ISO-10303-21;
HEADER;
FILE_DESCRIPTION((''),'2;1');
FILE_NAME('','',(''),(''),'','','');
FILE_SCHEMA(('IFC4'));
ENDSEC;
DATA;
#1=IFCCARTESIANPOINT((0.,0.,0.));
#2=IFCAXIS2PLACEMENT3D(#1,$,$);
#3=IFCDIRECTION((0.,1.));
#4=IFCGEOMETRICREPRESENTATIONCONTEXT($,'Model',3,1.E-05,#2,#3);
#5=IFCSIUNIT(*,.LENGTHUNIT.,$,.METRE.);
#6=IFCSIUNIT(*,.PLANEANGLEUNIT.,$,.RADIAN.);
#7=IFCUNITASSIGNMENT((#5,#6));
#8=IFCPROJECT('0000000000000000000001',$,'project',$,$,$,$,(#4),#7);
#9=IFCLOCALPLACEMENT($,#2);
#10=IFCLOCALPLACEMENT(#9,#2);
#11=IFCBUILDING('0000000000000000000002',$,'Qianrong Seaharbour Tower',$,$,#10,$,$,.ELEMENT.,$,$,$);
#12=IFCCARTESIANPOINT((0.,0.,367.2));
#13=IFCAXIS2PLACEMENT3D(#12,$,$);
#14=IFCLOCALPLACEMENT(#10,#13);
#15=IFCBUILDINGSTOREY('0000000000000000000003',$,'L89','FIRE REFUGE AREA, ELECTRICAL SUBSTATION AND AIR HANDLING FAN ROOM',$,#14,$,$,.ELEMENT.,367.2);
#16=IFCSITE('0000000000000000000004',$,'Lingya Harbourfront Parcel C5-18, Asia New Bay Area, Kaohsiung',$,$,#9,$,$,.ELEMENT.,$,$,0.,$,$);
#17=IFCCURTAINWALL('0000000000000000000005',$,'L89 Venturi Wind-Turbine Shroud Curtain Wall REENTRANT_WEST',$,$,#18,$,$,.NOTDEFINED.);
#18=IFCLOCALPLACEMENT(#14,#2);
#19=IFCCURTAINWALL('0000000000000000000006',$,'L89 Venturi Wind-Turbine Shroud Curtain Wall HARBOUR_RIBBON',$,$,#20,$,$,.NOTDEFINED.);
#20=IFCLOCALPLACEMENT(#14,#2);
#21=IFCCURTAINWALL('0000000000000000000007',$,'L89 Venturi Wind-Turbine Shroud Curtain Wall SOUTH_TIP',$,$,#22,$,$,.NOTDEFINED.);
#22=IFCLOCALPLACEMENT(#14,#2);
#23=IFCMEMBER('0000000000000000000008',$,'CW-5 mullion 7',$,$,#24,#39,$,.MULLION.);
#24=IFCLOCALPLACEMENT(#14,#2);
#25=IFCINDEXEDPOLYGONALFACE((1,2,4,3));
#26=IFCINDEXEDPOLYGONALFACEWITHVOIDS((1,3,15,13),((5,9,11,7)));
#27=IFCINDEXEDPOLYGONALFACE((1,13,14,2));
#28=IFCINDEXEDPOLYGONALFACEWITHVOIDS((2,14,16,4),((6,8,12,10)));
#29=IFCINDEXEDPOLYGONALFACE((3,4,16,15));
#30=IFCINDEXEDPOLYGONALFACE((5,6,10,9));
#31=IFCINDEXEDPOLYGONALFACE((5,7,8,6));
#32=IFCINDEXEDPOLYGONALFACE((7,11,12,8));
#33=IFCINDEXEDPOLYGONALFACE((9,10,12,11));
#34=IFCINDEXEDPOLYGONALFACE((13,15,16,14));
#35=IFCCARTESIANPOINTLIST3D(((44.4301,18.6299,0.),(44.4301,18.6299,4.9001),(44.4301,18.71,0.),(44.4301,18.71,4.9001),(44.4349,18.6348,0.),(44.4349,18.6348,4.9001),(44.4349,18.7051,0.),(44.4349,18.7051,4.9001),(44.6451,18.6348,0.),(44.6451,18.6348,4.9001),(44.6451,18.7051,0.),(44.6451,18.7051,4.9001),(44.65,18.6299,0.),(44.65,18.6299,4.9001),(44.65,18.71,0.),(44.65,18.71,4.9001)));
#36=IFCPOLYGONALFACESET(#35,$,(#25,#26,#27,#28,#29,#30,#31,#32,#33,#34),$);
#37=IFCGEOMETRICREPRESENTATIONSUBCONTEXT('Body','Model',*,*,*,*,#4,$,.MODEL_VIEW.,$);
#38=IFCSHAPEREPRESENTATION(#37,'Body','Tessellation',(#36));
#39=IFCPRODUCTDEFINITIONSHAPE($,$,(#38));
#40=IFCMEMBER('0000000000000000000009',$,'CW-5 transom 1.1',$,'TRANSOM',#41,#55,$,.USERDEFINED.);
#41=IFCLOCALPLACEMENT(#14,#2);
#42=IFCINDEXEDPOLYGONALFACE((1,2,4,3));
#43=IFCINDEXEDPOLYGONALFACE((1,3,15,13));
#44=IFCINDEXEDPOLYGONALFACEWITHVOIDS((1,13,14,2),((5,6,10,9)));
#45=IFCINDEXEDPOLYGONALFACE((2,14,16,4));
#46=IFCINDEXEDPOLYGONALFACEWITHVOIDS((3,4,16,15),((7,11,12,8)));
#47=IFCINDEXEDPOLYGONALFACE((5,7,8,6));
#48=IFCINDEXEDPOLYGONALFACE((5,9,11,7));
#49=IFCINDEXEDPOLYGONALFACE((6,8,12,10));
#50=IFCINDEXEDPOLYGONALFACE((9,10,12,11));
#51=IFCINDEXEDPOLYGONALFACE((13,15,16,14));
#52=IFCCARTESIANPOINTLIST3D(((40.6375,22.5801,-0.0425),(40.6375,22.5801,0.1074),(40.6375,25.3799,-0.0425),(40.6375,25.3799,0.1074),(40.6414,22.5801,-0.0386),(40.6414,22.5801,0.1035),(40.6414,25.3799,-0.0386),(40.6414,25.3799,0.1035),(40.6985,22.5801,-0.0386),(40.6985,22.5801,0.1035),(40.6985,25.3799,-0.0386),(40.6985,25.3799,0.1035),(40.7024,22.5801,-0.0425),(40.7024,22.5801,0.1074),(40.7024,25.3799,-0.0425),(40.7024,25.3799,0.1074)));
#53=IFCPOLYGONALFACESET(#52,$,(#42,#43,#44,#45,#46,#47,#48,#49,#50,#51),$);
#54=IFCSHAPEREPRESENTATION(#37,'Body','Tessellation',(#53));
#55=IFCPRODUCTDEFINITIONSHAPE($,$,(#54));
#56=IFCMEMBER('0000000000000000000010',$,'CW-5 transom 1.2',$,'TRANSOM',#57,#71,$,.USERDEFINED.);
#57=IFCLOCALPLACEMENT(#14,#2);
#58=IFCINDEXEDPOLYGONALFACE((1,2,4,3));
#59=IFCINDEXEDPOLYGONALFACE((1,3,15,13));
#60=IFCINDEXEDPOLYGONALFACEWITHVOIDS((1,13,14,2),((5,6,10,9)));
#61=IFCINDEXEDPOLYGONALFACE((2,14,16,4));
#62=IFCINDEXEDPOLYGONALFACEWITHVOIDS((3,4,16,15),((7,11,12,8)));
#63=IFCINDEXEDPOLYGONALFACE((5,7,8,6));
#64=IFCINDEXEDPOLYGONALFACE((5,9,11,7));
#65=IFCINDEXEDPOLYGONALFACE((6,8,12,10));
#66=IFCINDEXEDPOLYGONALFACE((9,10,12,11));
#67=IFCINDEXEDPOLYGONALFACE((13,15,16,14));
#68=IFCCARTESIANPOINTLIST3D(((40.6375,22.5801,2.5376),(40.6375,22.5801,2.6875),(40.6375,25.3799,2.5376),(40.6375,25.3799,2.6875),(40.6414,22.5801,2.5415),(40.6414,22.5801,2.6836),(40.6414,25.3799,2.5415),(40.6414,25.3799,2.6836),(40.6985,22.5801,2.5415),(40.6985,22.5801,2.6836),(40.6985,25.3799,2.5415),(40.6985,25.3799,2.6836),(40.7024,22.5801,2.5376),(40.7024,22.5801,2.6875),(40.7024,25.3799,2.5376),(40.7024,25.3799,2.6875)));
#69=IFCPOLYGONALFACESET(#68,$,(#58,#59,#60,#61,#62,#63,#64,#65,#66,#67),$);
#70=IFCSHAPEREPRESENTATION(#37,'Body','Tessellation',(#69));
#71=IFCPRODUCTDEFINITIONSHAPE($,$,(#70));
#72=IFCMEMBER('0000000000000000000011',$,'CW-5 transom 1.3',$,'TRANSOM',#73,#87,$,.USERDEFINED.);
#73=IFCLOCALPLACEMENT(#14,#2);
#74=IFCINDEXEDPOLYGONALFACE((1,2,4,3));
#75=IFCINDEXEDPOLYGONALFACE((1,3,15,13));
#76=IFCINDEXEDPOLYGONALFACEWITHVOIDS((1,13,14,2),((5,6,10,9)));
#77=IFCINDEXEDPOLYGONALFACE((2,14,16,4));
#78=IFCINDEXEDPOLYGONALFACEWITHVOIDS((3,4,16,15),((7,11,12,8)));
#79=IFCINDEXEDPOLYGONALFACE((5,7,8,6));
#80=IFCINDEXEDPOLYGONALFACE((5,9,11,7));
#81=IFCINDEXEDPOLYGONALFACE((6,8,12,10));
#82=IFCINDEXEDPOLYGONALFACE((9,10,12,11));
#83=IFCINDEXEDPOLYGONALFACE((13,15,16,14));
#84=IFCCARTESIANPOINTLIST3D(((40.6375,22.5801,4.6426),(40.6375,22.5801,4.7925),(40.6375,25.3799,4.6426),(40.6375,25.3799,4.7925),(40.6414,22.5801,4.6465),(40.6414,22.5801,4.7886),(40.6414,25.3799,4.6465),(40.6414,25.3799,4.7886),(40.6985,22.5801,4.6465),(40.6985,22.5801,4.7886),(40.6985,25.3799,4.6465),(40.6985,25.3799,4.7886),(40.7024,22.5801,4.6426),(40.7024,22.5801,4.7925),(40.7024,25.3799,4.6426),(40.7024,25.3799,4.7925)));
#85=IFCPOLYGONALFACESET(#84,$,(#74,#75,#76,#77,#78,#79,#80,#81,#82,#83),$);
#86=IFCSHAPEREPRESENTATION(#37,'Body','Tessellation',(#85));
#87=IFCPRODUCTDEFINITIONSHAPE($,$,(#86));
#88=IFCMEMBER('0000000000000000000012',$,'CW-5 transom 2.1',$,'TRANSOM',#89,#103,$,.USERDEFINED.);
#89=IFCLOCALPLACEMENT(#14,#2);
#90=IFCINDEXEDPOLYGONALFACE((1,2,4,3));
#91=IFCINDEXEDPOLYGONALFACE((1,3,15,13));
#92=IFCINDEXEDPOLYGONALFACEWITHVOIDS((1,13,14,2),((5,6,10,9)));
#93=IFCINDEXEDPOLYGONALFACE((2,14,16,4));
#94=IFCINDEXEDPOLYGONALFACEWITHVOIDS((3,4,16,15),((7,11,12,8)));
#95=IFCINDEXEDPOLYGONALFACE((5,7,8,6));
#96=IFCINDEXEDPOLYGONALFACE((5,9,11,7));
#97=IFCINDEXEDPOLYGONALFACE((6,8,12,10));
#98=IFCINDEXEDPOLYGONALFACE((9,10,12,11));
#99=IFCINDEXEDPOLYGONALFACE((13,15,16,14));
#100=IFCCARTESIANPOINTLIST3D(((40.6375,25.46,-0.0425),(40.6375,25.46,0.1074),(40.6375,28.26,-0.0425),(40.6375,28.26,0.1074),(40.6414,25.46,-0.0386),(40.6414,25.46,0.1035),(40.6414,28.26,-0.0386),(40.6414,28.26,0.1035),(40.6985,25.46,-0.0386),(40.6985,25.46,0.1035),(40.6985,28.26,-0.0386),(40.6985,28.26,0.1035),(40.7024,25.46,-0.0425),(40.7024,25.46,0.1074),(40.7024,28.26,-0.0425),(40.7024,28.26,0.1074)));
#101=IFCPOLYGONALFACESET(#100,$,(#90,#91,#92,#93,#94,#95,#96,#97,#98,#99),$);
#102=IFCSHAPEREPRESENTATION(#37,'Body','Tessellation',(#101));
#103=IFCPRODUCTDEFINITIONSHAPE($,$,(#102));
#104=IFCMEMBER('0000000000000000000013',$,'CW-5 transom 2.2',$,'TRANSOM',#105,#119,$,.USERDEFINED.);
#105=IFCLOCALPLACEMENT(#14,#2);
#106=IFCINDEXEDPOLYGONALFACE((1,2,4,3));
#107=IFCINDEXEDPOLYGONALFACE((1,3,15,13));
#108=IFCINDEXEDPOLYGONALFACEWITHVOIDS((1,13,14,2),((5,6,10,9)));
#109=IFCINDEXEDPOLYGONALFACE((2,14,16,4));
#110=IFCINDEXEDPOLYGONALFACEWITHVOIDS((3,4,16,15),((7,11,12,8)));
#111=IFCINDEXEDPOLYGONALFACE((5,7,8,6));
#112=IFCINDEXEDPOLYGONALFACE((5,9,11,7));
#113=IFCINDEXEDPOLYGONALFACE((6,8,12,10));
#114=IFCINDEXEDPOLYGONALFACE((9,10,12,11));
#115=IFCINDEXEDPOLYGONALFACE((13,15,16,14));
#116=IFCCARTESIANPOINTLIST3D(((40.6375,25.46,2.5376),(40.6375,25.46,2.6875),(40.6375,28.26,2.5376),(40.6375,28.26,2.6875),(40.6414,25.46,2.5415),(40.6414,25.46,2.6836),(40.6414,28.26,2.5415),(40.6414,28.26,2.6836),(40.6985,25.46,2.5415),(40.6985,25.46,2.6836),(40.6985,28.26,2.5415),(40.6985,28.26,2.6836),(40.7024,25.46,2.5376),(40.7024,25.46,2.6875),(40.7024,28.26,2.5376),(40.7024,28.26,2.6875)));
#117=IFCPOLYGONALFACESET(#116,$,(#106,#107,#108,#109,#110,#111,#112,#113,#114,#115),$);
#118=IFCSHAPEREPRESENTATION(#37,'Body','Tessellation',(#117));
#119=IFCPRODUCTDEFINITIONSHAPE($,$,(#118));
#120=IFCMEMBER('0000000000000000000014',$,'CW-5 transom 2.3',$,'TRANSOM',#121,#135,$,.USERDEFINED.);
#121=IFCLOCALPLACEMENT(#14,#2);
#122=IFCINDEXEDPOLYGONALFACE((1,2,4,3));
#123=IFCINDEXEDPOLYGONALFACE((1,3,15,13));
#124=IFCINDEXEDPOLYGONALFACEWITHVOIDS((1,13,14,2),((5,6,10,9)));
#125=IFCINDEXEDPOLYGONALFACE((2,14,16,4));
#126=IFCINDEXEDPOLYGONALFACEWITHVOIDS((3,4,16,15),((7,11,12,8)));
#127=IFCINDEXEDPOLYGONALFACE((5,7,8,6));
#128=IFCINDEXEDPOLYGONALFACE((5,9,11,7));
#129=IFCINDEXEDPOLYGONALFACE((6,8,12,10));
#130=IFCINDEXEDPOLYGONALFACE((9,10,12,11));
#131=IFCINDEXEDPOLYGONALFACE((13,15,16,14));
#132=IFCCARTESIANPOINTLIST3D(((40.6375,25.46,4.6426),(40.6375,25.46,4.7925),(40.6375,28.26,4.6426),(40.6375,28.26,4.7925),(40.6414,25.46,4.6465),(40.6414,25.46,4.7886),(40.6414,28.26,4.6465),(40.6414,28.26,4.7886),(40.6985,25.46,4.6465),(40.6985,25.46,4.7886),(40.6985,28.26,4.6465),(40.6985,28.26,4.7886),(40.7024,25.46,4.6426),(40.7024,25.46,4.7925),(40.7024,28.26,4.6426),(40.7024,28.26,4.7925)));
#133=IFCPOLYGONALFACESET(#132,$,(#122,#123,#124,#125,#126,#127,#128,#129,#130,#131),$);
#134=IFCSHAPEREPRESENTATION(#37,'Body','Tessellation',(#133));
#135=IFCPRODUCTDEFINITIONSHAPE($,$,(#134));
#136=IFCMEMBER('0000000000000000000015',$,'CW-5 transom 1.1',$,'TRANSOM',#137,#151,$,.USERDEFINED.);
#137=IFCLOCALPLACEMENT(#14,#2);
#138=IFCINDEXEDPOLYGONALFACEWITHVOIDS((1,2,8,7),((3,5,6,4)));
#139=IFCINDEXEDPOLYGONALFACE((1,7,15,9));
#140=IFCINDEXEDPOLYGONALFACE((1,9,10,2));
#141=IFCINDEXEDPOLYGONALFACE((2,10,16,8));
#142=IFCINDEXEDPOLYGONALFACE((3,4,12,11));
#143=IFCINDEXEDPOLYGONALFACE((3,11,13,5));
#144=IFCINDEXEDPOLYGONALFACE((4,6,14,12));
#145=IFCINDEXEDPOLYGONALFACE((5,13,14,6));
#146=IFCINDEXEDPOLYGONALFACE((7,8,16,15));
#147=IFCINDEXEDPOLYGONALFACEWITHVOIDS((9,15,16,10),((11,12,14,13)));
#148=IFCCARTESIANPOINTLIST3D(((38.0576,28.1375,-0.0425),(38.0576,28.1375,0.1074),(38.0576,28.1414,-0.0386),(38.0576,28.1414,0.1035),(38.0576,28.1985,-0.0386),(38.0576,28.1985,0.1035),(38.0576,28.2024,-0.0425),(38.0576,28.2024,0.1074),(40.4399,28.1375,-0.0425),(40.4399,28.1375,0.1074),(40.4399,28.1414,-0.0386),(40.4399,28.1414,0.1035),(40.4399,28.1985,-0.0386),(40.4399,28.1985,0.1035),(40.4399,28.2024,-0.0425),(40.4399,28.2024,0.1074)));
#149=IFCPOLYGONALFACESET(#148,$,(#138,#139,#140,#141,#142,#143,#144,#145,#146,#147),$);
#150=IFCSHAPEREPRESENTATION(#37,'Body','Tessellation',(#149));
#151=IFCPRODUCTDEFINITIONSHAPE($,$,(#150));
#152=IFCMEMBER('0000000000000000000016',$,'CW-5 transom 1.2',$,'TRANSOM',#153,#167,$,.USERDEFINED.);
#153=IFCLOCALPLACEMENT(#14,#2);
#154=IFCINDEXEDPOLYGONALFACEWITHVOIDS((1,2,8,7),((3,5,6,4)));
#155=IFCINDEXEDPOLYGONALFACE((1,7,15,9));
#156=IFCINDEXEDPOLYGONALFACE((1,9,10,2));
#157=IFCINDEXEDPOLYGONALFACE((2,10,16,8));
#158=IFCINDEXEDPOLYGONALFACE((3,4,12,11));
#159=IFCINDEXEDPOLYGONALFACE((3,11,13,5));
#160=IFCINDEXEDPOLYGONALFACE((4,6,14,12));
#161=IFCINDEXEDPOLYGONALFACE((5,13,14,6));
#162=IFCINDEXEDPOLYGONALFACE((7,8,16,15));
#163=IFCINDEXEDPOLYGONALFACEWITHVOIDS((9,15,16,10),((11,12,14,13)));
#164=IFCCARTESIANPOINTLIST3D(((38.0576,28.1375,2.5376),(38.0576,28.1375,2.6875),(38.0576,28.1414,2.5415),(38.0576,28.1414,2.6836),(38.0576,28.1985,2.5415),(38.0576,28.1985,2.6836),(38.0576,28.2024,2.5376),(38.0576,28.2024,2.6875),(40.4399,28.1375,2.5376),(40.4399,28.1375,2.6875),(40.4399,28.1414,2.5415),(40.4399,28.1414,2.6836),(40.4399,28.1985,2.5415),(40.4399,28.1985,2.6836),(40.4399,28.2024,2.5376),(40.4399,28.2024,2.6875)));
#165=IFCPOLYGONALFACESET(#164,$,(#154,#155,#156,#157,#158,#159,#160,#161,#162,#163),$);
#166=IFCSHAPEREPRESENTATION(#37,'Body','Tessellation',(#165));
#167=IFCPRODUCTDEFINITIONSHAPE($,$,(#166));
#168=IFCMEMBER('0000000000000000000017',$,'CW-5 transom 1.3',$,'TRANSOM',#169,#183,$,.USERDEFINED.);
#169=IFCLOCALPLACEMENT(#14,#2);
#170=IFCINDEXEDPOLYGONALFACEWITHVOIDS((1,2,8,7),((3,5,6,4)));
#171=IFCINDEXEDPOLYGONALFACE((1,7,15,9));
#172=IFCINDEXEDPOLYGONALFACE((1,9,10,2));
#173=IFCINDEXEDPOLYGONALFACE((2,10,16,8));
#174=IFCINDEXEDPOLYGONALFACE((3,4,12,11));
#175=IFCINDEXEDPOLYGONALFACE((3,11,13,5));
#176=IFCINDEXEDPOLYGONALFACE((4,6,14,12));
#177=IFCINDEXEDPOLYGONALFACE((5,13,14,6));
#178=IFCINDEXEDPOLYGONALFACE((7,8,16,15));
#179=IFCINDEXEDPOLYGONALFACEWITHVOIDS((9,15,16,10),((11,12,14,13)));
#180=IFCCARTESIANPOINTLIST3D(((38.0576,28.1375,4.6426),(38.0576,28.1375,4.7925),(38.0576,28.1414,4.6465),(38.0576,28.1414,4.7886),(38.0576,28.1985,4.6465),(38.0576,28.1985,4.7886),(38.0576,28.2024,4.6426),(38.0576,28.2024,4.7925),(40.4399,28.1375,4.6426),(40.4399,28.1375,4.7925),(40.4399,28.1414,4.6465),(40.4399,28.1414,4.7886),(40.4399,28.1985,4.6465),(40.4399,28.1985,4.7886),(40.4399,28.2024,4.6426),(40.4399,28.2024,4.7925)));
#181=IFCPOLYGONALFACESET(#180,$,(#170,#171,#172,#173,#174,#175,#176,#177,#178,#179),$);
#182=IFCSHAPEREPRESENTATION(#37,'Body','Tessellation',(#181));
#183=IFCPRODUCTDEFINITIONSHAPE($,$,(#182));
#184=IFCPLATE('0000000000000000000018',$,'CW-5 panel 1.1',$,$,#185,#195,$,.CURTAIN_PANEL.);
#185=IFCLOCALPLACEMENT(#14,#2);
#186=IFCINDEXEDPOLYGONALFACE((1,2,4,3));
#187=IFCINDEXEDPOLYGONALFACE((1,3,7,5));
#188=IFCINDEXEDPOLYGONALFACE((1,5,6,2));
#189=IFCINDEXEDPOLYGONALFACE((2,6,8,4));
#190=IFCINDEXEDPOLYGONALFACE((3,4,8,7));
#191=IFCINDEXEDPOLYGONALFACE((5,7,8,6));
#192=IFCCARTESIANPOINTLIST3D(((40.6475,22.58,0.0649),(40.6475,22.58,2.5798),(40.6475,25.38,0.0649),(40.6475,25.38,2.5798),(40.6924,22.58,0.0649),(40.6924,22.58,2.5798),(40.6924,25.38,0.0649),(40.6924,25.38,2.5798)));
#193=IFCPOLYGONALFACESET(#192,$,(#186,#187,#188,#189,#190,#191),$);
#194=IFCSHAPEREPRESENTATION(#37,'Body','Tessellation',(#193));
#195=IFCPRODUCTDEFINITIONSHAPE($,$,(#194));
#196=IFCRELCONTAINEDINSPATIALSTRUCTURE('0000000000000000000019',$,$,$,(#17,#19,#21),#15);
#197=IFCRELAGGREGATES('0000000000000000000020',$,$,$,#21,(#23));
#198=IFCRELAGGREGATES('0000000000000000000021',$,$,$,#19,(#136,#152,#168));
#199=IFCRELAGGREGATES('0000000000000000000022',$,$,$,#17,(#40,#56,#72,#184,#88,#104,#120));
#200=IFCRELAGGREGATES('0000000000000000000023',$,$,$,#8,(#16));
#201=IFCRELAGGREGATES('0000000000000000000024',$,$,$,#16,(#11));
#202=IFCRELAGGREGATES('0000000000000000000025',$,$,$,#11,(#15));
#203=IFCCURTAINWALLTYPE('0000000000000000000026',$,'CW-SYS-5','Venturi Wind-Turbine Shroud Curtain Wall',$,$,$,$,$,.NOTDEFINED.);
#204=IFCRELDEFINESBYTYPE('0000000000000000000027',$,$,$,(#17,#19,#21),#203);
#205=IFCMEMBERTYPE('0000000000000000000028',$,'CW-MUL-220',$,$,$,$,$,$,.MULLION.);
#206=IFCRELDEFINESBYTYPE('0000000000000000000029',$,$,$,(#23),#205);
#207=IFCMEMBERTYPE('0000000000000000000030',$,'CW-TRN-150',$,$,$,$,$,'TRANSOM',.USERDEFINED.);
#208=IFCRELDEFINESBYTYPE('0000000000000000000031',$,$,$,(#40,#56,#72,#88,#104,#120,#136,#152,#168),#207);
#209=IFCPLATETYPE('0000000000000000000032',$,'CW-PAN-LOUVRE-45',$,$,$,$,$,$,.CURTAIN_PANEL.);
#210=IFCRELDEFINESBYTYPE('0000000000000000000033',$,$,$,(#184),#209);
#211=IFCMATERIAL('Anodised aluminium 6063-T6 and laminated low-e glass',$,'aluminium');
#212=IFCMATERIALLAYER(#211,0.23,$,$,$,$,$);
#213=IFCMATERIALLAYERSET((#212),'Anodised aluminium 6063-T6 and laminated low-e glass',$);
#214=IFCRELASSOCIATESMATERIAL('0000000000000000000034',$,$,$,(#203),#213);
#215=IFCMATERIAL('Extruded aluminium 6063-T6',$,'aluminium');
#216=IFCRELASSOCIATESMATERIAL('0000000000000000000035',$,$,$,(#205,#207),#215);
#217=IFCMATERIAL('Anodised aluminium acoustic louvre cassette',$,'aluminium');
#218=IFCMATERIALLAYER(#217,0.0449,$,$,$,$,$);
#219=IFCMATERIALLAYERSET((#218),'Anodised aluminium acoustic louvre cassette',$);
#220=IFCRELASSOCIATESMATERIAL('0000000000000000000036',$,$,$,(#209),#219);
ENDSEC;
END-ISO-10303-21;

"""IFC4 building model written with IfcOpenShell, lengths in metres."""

from ifc_helpers import new_model, si_unit, direction, frame, origin, origin_2d, place, context, subcontext, project, spatial, rectangle, hollow_rectangle, extrude, material, layer, layer_set, material_profile, profile_set, type_object, element, aggregate, save


model = new_model("IFC4")

# Units and contexts
model_context = context("Model", 3, precision=1e-05, world=origin(), true_north=direction((0.0, 1.0)))
body_context = subcontext(model_context, "Body", "Model", "MODEL_VIEW")
ifc_project = project(units=[si_unit("LENGTHUNIT", "METRE"), si_unit("PLANEANGLEUNIT", "RADIAN")], contexts=[model_context])

# Site, building, storey
site_placement = place(None, origin())
site = spatial("IfcSite", under=ifc_project, at=site_placement, Name="Lingya Harbourfront Parcel C5-18, Asia New Bay Area, Kaohsiung", CompositionType="ELEMENT", RefElevation=0.0)
building_placement = place(site_placement, origin())
building = spatial("IfcBuilding", under=site, at=building_placement, Name="Qianrong Seaharbour Tower", CompositionType="ELEMENT")
storey_placement = place(building_placement, frame((0.0, 0.0, 367.2)))
storey = spatial("IfcBuildingStorey", under=building, at=storey_placement, Name="L89", Description="FIRE REFUGE AREA, ELECTRICAL SUBSTATION AND AIR HANDLING FAN ROOM", CompositionType="ELEMENT", Elevation=367.2)

# Curtain wall
ifc_material_1 = material(Name="Anodised aluminium 6063-T6 and laminated low-e glass", Category="aluminium")
ifc_layer_1 = layer(ifc_material_1, 0.23)
ifc_layer_set_1 = layer_set([ifc_layer_1], Name="Anodised aluminium 6063-T6 and laminated low-e glass")
curtain_wall_type = type_object("IfcCurtainWallType", Name="CW-SYS-5", Description="Venturi Wind-Turbine Shroud Curtain Wall", PredefinedType="NOTDEFINED", material=ifc_layer_set_1)
curtain_wall_1_placement = place(storey_placement, origin())
curtain_wall_1 = element("IfcCurtainWall", 1, at=curtain_wall_1_placement, inside=storey, type_object=curtain_wall_type, Name="L89 Venturi Wind-Turbine Shroud Curtain Wall REENTRANT_WEST", PredefinedType="NOTDEFINED")
ifc_material_2 = material(Name="Extruded aluminium 6063-T6", Category="aluminium")
ifc_material_profile_1 = material_profile(ifc_material_2, hollow_rectangle(XDim=0.0801, YDim=0.22, WallThickness=0.0049, at=origin_2d()), Name="ALU-MUL-220x80x5")
ifc_profile_set_1 = profile_set([ifc_material_profile_1], Name="Extruded aluminium 6063-T6")
member_type_1 = type_object("IfcMemberType", Name="CW-MUL-220", PredefinedType="MULLION", material=ifc_profile_set_1)

# Curtain walls, member
curtain_wall_2_placement = place(storey_placement, origin())
curtain_wall_2 = element("IfcCurtainWall", 2, at=curtain_wall_2_placement, inside=storey, type_object=curtain_wall_type, Name="L89 Venturi Wind-Turbine Shroud Curtain Wall HARBOUR_RIBBON", PredefinedType="NOTDEFINED")
curtain_wall_3_placement = place(storey_placement, origin())
curtain_wall_3 = element("IfcCurtainWall", 3, at=curtain_wall_3_placement, inside=storey, type_object=curtain_wall_type, Name="L89 Venturi Wind-Turbine Shroud Curtain Wall SOUTH_TIP", PredefinedType="NOTDEFINED")
member_1_placement = place(storey_placement, frame((44.54, 18.6699, 0.0), z_axis=(0.0, 0.0, 1.0), x_axis=(0.0, -1.0, 0.0)))
member_1 = element("IfcMember", 4, at=member_1_placement, type_object=member_type_1, Name="CW-5 mullion 7", PredefinedType="MULLION", context=body_context, shape_type="SweptSolid", body=[
    extrude(hollow_rectangle(XDim=0.0801, YDim=0.22, WallThickness=0.0049, at=origin_2d()), origin(), (0.0, 0.0, 1.0), 4.9001),
])
aggregate(curtain_wall_3, [member_1])

# Members
ifc_material_profile_2 = material_profile(ifc_material_2, hollow_rectangle(XDim=0.0649, YDim=0.1499, WallThickness=0.0039, at=origin_2d()), Name="ALU-TRN-150x65x4")
ifc_profile_set_2 = profile_set([ifc_material_profile_2], Name="Extruded aluminium 6063-T6")
member_type_2 = type_object("IfcMemberType", Name="CW-TRN-150", ElementType="TRANSOM", PredefinedType="USERDEFINED", material=ifc_profile_set_2)
member_2_placement = place(storey_placement, frame((40.6699, 22.5801, 0.0325), z_axis=(0.0, 1.0, 0.0), x_axis=(-1.0, 0.0, 0.0)))
member_2 = element("IfcMember", 5, at=member_2_placement, type_object=member_type_2, Name="CW-5 transom 1.1", ObjectType="TRANSOM", PredefinedType="USERDEFINED", context=body_context, shape_type="SweptSolid", body=[
    extrude(hollow_rectangle(XDim=0.0649, YDim=0.1499, WallThickness=0.0039, at=origin_2d()), origin(), (0.0, 0.0, 1.0), 2.7998),
])
member_3_placement = place(storey_placement, frame((40.6699, 22.5801, 2.6125), z_axis=(0.0, 1.0, 0.0), x_axis=(-1.0, 0.0, 0.0)))
member_3 = element("IfcMember", 6, at=member_3_placement, type_object=member_type_2, Name="CW-5 transom 1.2", ObjectType="TRANSOM", PredefinedType="USERDEFINED", context=body_context, shape_type="SweptSolid", body=[
    extrude(hollow_rectangle(XDim=0.0649, YDim=0.1499, WallThickness=0.0039, at=origin_2d()), origin(), (0.0, 0.0, 1.0), 2.7998),
])
member_4_placement = place(storey_placement, frame((40.6699, 22.5801, 4.7175), z_axis=(0.0, 1.0, 0.0), x_axis=(-1.0, 0.0, 0.0)))
member_4 = element("IfcMember", 7, at=member_4_placement, type_object=member_type_2, Name="CW-5 transom 1.3", ObjectType="TRANSOM", PredefinedType="USERDEFINED", context=body_context, shape_type="SweptSolid", body=[
    extrude(hollow_rectangle(XDim=0.0649, YDim=0.1499, WallThickness=0.0039, at=origin_2d()), origin(), (0.0, 0.0, 1.0), 2.7998),
])
member_5_placement = place(storey_placement, frame((40.6699, 25.46, 0.0325), z_axis=(0.0, 1.0, 0.0), x_axis=(-1.0, 0.0, 0.0)))
member_5 = element("IfcMember", 8, at=member_5_placement, type_object=member_type_2, Name="CW-5 transom 2.1", ObjectType="TRANSOM", PredefinedType="USERDEFINED", context=body_context, shape_type="SweptSolid", body=[
    extrude(hollow_rectangle(XDim=0.0649, YDim=0.1499, WallThickness=0.0039, at=origin_2d()), origin(), (0.0, 0.0, 1.0), 2.8),
])
member_6_placement = place(storey_placement, frame((40.6699, 25.46, 2.6125), z_axis=(0.0, 1.0, 0.0), x_axis=(-1.0, 0.0, 0.0)))
member_6 = element("IfcMember", 9, at=member_6_placement, type_object=member_type_2, Name="CW-5 transom 2.2", ObjectType="TRANSOM", PredefinedType="USERDEFINED", context=body_context, shape_type="SweptSolid", body=[
    extrude(hollow_rectangle(XDim=0.0649, YDim=0.1499, WallThickness=0.0039, at=origin_2d()), origin(), (0.0, 0.0, 1.0), 2.8),
])
member_7_placement = place(storey_placement, frame((40.6699, 25.46, 4.7175), z_axis=(0.0, 1.0, 0.0), x_axis=(-1.0, 0.0, 0.0)))
member_7 = element("IfcMember", 10, at=member_7_placement, type_object=member_type_2, Name="CW-5 transom 2.3", ObjectType="TRANSOM", PredefinedType="USERDEFINED", context=body_context, shape_type="SweptSolid", body=[
    extrude(hollow_rectangle(XDim=0.0649, YDim=0.1499, WallThickness=0.0039, at=origin_2d()), origin(), (0.0, 0.0, 1.0), 2.8),
])
member_8_placement = place(storey_placement, frame((40.4399, 28.1699, 0.0325), z_axis=(-1.0, 0.0, 0.0), x_axis=(0.0, -1.0, 0.0)))
member_8 = element("IfcMember", 11, at=member_8_placement, type_object=member_type_2, Name="CW-5 transom 1.1", ObjectType="TRANSOM", PredefinedType="USERDEFINED", context=body_context, shape_type="SweptSolid", body=[
    extrude(hollow_rectangle(XDim=0.0649, YDim=0.1499, WallThickness=0.0039, at=origin_2d()), origin(), (0.0, 0.0, 1.0), 2.3823),
])
member_9_placement = place(storey_placement, frame((40.4399, 28.1699, 2.6125), z_axis=(-1.0, 0.0, 0.0), x_axis=(0.0, -1.0, 0.0)))
member_9 = element("IfcMember", 12, at=member_9_placement, type_object=member_type_2, Name="CW-5 transom 1.2", ObjectType="TRANSOM", PredefinedType="USERDEFINED", context=body_context, shape_type="SweptSolid", body=[
    extrude(hollow_rectangle(XDim=0.0649, YDim=0.1499, WallThickness=0.0039, at=origin_2d()), origin(), (0.0, 0.0, 1.0), 2.3823),
])
member_10_placement = place(storey_placement, frame((40.4399, 28.1699, 4.7175), z_axis=(-1.0, 0.0, 0.0), x_axis=(0.0, -1.0, 0.0)))
member_10 = element("IfcMember", 13, at=member_10_placement, type_object=member_type_2, Name="CW-5 transom 1.3", ObjectType="TRANSOM", PredefinedType="USERDEFINED", context=body_context, shape_type="SweptSolid", body=[
    extrude(hollow_rectangle(XDim=0.0649, YDim=0.1499, WallThickness=0.0039, at=origin_2d()), origin(), (0.0, 0.0, 1.0), 2.3823),
])
aggregate(curtain_wall_2, [member_8, member_9, member_10])

# Plate
ifc_material_3 = material(Name="Anodised aluminium acoustic louvre cassette", Category="aluminium")
ifc_layer_2 = layer(ifc_material_3, 0.0449)
ifc_layer_set_2 = layer_set([ifc_layer_2], Name="Anodised aluminium acoustic louvre cassette")
plate_type = type_object("IfcPlateType", Name="CW-PAN-LOUVRE-45", PredefinedType="CURTAIN_PANEL", material=ifc_layer_set_2)
plate_1_placement = place(storey_placement, frame((40.6699, 23.98, 0.0649), z_axis=(0.0, 0.0, 1.0), x_axis=(0.0, 1.0, 0.0)))
plate_1 = element("IfcPlate", 14, at=plate_1_placement, type_object=plate_type, Name="CW-5 panel 1.1", PredefinedType="CURTAIN_PANEL", context=body_context, shape_type="SweptSolid", body=[
    extrude(rectangle(XDim=2.8, YDim=0.0449, at=origin_2d()), origin(), (0.0, 0.0, 1.0), 2.5149),
])
aggregate(curtain_wall_1, [member_2, member_3, member_4, plate_1, member_5, member_6, member_7])

save(model, "model.ifc")
